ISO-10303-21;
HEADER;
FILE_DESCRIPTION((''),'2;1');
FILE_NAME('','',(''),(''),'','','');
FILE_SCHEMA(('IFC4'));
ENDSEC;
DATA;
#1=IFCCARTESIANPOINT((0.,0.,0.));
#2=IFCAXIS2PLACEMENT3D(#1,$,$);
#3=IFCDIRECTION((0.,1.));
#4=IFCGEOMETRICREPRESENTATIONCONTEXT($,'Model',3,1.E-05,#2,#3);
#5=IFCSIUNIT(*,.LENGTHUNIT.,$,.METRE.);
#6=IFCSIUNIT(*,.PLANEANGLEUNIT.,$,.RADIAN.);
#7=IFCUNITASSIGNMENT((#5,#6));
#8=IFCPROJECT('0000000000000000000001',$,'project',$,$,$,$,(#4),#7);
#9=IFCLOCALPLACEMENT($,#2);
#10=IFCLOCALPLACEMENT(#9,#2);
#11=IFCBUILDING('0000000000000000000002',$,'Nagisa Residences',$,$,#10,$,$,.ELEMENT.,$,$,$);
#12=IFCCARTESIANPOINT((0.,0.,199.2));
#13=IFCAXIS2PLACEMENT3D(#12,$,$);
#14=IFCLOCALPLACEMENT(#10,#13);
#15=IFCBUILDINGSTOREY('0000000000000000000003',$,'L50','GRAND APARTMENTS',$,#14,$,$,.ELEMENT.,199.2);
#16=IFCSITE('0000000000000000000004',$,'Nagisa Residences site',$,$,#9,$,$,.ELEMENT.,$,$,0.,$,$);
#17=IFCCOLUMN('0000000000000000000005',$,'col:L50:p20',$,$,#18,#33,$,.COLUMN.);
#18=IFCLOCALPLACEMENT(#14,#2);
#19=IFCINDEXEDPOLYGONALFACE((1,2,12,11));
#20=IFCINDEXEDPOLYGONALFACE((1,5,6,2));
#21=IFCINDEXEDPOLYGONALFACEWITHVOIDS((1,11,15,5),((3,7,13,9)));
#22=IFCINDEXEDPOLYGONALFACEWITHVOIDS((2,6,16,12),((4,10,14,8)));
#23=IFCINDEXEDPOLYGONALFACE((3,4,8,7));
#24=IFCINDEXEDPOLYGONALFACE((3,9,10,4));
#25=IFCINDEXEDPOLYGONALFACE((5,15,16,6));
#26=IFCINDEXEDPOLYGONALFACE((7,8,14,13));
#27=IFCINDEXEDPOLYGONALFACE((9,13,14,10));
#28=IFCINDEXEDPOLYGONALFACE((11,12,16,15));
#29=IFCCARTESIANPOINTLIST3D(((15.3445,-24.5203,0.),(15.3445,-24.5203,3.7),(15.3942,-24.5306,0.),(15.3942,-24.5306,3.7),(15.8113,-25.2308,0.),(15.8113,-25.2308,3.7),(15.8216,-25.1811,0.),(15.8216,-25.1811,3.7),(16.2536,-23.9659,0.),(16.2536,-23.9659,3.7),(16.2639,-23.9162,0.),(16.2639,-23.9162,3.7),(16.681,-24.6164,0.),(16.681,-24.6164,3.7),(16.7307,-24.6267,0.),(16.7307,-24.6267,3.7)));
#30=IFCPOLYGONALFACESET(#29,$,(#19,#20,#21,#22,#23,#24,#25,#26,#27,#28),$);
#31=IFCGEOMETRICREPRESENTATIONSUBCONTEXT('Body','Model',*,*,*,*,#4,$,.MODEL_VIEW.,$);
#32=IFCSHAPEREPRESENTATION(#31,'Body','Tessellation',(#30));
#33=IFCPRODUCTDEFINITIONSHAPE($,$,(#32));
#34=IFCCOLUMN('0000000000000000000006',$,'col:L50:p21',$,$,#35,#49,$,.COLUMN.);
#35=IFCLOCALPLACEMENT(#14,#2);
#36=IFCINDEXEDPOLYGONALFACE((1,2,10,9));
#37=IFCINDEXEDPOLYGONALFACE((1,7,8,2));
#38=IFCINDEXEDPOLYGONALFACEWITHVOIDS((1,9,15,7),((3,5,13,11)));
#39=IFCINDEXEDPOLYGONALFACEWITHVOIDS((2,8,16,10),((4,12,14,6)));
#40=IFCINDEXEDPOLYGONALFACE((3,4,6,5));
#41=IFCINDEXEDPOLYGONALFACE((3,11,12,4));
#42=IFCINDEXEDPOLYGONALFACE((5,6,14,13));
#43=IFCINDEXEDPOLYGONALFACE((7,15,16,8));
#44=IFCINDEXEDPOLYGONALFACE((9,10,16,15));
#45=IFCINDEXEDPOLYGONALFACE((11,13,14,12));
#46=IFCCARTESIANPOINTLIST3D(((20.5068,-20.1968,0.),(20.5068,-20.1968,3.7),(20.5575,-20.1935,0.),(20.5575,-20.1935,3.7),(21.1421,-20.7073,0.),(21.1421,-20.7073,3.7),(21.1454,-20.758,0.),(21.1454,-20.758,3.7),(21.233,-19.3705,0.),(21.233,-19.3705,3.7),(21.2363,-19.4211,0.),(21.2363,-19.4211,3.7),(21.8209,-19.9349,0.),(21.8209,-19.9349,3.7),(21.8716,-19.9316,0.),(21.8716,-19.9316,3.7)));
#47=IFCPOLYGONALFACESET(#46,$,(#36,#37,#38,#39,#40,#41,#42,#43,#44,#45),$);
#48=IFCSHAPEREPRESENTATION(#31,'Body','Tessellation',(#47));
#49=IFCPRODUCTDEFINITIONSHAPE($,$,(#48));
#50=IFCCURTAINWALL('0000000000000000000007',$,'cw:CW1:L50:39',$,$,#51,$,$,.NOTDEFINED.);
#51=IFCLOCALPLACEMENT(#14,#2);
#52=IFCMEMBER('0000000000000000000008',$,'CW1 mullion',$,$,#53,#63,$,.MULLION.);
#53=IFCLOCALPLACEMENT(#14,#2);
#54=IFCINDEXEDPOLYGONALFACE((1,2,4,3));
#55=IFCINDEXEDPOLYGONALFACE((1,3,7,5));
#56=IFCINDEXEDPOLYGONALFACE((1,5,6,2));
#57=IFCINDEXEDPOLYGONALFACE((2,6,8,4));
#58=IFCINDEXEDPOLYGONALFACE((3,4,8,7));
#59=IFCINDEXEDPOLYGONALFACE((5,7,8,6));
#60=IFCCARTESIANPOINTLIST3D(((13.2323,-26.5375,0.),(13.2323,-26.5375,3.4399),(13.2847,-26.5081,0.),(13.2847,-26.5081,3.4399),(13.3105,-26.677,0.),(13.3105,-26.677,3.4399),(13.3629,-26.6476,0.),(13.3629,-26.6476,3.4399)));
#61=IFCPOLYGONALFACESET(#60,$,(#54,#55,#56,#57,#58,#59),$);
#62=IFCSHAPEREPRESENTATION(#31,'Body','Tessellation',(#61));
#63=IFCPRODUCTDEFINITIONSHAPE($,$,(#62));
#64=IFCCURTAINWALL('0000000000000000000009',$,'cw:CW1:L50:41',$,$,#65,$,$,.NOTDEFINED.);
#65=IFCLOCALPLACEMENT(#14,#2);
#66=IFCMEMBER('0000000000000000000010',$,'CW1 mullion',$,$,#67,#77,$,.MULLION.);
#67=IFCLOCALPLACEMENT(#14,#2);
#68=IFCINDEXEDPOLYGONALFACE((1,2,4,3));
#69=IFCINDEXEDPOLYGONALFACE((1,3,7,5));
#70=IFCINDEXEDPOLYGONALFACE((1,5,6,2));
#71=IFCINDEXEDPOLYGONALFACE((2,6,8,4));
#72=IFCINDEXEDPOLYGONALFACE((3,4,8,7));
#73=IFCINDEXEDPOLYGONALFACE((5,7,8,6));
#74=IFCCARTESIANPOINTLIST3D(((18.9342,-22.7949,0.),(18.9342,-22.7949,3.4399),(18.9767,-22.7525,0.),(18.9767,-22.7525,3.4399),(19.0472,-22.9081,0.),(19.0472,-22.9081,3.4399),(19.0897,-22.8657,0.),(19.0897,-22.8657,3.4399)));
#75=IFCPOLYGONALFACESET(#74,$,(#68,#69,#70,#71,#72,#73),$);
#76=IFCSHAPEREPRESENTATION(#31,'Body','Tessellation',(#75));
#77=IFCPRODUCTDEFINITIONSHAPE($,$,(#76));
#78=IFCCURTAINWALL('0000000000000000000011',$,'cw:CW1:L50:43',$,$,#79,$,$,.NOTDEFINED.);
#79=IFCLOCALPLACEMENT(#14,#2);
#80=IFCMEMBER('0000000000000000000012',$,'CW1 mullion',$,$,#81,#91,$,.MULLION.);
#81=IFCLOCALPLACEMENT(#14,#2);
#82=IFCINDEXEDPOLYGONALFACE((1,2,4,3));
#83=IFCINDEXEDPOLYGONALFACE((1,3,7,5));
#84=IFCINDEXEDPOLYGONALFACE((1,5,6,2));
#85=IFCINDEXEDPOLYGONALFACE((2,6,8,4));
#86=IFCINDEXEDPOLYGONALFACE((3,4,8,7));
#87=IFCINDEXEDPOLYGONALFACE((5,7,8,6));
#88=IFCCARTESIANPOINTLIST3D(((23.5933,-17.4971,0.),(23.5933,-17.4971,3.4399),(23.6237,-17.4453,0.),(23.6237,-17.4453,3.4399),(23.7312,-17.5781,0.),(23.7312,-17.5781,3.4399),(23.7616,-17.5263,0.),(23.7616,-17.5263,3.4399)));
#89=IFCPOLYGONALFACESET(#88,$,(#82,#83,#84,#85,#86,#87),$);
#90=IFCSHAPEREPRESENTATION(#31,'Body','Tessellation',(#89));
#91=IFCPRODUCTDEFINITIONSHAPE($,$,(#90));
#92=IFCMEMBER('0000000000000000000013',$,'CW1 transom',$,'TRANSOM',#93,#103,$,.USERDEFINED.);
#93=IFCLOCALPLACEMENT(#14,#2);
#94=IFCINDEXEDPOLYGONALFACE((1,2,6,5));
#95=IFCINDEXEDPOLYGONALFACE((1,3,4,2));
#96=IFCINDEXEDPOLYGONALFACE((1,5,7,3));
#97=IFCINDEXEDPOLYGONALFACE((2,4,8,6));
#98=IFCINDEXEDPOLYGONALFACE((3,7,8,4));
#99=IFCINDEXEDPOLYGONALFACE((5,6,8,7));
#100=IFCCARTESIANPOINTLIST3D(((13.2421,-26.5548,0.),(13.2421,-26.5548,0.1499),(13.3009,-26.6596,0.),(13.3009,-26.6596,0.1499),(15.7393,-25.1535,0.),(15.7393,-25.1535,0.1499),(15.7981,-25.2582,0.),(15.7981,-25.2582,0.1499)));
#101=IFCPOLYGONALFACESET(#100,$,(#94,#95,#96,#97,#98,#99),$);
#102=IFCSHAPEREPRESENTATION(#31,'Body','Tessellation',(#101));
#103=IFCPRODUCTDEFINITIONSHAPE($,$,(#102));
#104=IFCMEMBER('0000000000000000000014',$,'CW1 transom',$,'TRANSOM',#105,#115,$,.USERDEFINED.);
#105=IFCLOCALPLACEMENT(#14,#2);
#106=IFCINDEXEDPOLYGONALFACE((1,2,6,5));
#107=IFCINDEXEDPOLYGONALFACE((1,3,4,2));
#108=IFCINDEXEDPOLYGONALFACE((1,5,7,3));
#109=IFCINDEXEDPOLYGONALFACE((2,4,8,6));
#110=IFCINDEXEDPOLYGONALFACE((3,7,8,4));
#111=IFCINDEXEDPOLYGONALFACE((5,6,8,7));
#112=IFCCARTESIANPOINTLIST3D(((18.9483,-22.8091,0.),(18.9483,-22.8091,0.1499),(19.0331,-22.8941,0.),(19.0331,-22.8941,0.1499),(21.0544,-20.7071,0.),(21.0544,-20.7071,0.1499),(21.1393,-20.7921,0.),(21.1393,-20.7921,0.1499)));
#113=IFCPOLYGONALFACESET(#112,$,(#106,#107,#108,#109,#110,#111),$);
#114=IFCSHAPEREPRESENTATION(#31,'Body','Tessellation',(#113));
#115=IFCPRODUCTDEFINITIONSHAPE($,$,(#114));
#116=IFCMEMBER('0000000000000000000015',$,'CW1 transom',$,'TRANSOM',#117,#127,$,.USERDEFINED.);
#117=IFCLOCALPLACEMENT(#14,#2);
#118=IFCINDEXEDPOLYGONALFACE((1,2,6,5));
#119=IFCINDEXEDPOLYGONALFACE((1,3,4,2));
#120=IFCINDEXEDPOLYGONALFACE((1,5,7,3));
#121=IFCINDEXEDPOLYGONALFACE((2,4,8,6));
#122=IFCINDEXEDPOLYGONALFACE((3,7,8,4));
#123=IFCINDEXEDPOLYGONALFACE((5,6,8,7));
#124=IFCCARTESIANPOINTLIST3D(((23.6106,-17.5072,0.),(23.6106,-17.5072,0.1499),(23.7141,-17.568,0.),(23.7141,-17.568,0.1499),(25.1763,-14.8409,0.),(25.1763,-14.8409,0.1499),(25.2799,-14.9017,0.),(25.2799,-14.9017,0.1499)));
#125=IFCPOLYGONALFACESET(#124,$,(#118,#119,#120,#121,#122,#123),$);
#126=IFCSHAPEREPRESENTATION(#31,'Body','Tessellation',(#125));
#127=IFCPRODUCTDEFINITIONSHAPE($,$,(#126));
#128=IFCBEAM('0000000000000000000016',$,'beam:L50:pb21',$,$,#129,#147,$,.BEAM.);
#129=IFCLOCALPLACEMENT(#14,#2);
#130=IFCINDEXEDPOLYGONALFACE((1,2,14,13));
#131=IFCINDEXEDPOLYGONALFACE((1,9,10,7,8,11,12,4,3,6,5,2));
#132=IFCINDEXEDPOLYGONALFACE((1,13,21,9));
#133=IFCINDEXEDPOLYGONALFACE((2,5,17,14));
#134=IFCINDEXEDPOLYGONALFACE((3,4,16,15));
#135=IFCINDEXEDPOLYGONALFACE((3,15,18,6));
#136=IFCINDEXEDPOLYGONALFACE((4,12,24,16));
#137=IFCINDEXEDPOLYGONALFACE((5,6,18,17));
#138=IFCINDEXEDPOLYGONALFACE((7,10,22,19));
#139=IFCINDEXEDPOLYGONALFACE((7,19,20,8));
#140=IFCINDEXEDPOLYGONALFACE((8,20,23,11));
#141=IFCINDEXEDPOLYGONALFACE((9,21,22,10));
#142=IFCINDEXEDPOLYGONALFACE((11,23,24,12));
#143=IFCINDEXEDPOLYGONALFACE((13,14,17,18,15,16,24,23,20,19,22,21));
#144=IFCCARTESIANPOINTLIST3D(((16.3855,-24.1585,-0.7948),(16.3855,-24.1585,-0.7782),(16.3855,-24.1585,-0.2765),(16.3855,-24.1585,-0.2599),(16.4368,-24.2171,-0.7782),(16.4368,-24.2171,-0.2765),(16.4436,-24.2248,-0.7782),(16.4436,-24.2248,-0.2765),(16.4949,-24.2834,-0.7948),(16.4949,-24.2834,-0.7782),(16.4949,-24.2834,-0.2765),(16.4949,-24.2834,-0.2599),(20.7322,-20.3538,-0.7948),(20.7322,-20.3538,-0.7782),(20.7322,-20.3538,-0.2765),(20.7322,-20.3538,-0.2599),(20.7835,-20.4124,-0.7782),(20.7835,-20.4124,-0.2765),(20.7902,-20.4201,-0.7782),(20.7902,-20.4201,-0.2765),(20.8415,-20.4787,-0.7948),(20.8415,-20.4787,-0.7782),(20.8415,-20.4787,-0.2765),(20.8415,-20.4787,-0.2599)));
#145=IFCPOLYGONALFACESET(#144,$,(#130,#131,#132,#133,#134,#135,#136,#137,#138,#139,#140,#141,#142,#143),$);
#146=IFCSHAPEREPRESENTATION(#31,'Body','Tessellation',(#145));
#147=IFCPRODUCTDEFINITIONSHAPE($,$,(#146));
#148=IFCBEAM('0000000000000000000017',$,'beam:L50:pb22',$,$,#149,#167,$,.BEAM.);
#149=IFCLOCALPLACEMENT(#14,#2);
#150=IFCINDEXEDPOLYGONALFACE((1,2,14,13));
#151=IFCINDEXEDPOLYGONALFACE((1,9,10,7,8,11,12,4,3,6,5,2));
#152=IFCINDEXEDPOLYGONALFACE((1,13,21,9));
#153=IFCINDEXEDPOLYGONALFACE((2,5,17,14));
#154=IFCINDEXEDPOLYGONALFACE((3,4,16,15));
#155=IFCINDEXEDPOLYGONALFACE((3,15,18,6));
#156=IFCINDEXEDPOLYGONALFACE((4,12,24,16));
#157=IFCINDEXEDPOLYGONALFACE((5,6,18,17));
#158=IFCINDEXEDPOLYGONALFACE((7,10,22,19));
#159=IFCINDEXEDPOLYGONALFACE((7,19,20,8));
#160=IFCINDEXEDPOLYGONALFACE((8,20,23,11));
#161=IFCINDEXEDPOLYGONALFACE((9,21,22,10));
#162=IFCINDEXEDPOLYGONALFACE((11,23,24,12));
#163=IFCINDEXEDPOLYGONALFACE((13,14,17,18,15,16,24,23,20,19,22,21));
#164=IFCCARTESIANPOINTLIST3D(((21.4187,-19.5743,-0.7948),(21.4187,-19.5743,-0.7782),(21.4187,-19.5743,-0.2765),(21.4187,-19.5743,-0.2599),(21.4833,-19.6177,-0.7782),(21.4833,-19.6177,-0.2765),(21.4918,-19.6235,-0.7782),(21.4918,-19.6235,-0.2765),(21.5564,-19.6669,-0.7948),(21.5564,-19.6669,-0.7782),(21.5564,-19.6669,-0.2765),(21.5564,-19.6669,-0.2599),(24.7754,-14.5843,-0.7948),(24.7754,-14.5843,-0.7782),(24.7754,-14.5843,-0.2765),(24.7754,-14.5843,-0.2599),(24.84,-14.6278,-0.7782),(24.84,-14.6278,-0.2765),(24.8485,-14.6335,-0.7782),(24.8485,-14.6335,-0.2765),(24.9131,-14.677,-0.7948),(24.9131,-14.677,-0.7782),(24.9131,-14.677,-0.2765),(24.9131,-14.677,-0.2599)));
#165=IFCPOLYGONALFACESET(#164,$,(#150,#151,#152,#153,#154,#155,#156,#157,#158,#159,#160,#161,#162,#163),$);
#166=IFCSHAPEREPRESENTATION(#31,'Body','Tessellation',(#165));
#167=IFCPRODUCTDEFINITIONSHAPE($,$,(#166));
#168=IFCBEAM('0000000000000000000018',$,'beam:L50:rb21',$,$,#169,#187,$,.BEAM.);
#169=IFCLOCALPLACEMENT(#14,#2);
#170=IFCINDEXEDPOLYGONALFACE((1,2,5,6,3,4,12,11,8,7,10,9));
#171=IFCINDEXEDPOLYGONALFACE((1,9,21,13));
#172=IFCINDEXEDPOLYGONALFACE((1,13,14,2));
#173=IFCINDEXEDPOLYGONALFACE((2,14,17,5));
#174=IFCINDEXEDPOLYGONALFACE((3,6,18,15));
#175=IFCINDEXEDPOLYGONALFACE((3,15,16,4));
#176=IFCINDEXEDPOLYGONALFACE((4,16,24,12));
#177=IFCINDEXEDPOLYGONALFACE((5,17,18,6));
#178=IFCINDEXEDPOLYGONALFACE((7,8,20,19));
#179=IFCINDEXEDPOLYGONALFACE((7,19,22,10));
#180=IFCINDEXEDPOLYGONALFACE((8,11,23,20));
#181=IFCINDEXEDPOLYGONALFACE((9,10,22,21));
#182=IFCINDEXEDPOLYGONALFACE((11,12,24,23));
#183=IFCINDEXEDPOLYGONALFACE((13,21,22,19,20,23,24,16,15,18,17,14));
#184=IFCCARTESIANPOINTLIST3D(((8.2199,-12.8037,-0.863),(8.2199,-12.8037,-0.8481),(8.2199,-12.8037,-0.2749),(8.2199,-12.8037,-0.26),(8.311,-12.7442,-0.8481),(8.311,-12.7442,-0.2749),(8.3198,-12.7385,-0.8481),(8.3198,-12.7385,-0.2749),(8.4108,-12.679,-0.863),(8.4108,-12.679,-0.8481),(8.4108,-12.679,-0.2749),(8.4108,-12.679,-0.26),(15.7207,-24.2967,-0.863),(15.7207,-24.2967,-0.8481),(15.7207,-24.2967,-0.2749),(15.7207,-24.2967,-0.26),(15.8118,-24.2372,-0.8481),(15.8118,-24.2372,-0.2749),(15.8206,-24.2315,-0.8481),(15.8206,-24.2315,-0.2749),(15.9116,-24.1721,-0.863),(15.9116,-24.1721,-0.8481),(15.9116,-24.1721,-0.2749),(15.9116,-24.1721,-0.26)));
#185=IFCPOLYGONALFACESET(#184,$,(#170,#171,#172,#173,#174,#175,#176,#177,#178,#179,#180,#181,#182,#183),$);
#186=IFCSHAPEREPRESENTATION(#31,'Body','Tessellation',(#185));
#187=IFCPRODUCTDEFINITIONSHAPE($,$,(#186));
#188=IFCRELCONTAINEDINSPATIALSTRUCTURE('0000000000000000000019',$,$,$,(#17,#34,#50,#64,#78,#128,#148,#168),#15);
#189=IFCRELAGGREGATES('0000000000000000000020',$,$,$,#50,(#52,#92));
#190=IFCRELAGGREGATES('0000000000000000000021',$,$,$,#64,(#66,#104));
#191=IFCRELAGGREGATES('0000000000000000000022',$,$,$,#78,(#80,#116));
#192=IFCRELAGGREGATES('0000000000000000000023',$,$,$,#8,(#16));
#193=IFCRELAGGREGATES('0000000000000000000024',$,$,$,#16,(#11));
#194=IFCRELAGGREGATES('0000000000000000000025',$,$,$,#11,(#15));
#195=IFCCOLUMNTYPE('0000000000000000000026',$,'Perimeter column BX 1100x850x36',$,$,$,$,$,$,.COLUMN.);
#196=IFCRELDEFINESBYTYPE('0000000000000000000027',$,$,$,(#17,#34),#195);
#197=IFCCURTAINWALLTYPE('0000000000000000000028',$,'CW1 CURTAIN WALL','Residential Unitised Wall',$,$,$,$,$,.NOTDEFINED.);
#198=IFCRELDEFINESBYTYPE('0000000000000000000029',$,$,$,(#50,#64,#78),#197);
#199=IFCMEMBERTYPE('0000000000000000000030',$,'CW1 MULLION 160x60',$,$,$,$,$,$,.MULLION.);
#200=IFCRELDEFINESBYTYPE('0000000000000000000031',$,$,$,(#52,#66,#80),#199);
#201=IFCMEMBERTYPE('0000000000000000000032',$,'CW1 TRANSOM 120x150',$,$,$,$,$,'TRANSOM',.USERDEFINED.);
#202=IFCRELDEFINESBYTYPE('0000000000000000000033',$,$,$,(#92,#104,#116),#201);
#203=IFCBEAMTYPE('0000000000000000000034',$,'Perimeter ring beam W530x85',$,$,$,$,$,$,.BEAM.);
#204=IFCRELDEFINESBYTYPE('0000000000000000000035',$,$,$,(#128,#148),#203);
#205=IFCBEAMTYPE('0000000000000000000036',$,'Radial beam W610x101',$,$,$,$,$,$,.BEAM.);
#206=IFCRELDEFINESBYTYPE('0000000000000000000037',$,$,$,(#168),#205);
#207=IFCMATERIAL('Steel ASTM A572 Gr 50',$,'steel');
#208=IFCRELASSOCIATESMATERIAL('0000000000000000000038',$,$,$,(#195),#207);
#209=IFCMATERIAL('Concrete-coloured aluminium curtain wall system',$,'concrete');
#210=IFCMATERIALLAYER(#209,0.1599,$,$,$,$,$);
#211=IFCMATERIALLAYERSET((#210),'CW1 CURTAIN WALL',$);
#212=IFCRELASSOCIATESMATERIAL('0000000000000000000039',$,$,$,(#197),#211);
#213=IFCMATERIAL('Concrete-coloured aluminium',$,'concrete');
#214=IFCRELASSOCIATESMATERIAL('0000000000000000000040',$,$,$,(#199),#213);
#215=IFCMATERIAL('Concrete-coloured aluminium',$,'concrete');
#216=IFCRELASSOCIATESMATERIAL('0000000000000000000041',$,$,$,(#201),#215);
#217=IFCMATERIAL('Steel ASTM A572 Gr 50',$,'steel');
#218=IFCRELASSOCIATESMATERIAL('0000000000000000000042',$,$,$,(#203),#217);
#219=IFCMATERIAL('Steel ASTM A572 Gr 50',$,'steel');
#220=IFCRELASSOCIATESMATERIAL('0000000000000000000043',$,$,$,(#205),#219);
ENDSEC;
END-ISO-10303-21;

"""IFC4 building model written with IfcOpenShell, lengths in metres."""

from ifc_helpers import new_model, si_unit, direction, frame, origin, origin_2d, place, context, subcontext, project, spatial, rectangle, hollow_rectangle, i_section, extrude, material, layer, layer_set, material_profile, profile_set, type_object, element, aggregate, save


model = new_model("IFC4")

# Units and contexts
model_context = context("Model", 3, precision=1e-05, world=origin(), true_north=direction((0.0, 1.0)))
body_context = subcontext(model_context, "Body", "Model", "MODEL_VIEW")
ifc_project = project(units=[si_unit("LENGTHUNIT", "METRE"), si_unit("PLANEANGLEUNIT", "RADIAN")], contexts=[model_context])

# Site, building, storey
site_placement = place(None, origin())
site = spatial("IfcSite", under=ifc_project, at=site_placement, Name="Nagisa Residences site", CompositionType="ELEMENT", RefElevation=0.0)
building_placement = place(site_placement, origin())
building = spatial("IfcBuilding", under=site, at=building_placement, Name="Nagisa Residences", CompositionType="ELEMENT")
storey_placement = place(building_placement, frame((0.0, 0.0, 199.2)))
storey = spatial("IfcBuildingStorey", under=building, at=storey_placement, Name="L50", Description="GRAND APARTMENTS", CompositionType="ELEMENT", Elevation=199.2)

# Columns
ifc_material_1 = material(Name="Steel ASTM A572 Gr 50", Category="steel")
ifc_material_profile_1 = material_profile(ifc_material_1, hollow_rectangle(XDim=1.1001, YDim=0.8501, WallThickness=0.0359, at=origin_2d()), Name="BX 1100x850x36")
ifc_profile_set_1 = profile_set([ifc_material_profile_1], Name="Steel ASTM A572 Gr 50")
column_type = type_object("IfcColumnType", Name="Perimeter column BX 1100x850x36", PredefinedType="COLUMN", material=ifc_profile_set_1)
for number, where, z_axis, x_axis, name in (
    (1, (16.0376, -24.5735, 0.0), (0.0, 0.0, 1.0), (0.835766, 0.549086, 0.0), "col:L50:p20"),
    (2, (21.1892, -20.0642, 0.0), (0.0, 0.0, 1.0), (0.660115, 0.751165, 0.0), "col:L50:p21"),
):
    element("IfcColumn", number, at=place(storey_placement, frame(where, z_axis=z_axis, x_axis=x_axis)), inside=storey, type_object=column_type, Name=name, PredefinedType="COLUMN", context=body_context, shape_type="SweptSolid", body=[
        extrude(hollow_rectangle(XDim=1.1001, YDim=0.8501, WallThickness=0.0359, at=origin_2d()), origin(), (0.0, 0.0, 1.0), 3.7),
    ])

# Curtain walls, members
ifc_material_2 = material(Name="Concrete-coloured aluminium curtain wall system", Category="concrete")
ifc_layer_1 = layer(ifc_material_2, 0.1599)
ifc_layer_set_1 = layer_set([ifc_layer_1], Name="CW1 CURTAIN WALL")
curtain_wall_type = type_object("IfcCurtainWallType", Name="CW1 CURTAIN WALL", Description="Residential Unitised Wall", PredefinedType="NOTDEFINED", material=ifc_layer_set_1)
curtain_wall_1_placement = place(storey_placement, origin())
curtain_wall_1 = element("IfcCurtainWall", 3, at=curtain_wall_1_placement, inside=storey, type_object=curtain_wall_type, Name="cw:CW1:L50:39", PredefinedType="NOTDEFINED")
ifc_material_3 = material(Name="Concrete-coloured aluminium", Category="concrete")
ifc_material_profile_2 = material_profile(ifc_material_3, rectangle(XDim=0.1599, YDim=0.0601, at=origin_2d()), Name="CW1 MULLION 160x60")
ifc_profile_set_2 = profile_set([ifc_material_profile_2], Name="Concrete-coloured aluminium")
member_type_1 = type_object("IfcMemberType", Name="CW1 MULLION 160x60", PredefinedType="MULLION", material=ifc_profile_set_2)
member_1_placement = place(storey_placement, frame((13.2976, -26.5925, 0.0), z_axis=(0.0, 0.0, 1.0), x_axis=(-0.489377, 0.872072, 0.0)))
member_1 = element("IfcMember", 4, at=member_1_placement, type_object=member_type_1, Name="CW1 mullion", PredefinedType="MULLION", context=body_context, shape_type="SweptSolid", body=[
    extrude(rectangle(XDim=0.1599, YDim=0.0601, at=origin_2d()), origin(), (0.0, 0.0, 1.0), 3.4399),
])
curtain_wall_2_placement = place(storey_placement, origin())
curtain_wall_2 = element("IfcCurtainWall", 5, at=curtain_wall_2_placement, inside=storey, type_object=curtain_wall_type, Name="cw:CW1:L50:41", PredefinedType="NOTDEFINED")
member_2_placement = place(storey_placement, frame((19.012, -22.8303, 0.0), z_axis=(0.0, 0.0, 1.0), x_axis=(-0.706377, 0.707836, 0.0)))
member_2 = element("IfcMember", 6, at=member_2_placement, type_object=member_type_1, Name="CW1 mullion", PredefinedType="MULLION", context=body_context, shape_type="SweptSolid", body=[
    extrude(rectangle(XDim=0.1599, YDim=0.0601, at=origin_2d()), origin(), (0.0, 0.0, 1.0), 3.4399),
])
curtain_wall_3_placement = place(storey_placement, origin())
curtain_wall_3 = element("IfcCurtainWall", 7, at=curtain_wall_3_placement, inside=storey, type_object=curtain_wall_type, Name="cw:CW1:L50:43", PredefinedType="NOTDEFINED")
member_3_placement = place(storey_placement, frame((23.6775, -17.5117, 0.0), z_axis=(0.0, 0.0, 1.0), x_axis=(-0.862329, 0.506349, 0.0)))
member_3 = element("IfcMember", 8, at=member_3_placement, type_object=member_type_1, Name="CW1 mullion", PredefinedType="MULLION", context=body_context, shape_type="SweptSolid", body=[
    extrude(rectangle(XDim=0.1599, YDim=0.0601, at=origin_2d()), origin(), (0.0, 0.0, 1.0), 3.4399),
])

# Members
ifc_material_4 = material(Name="Concrete-coloured aluminium", Category="concrete")
ifc_material_profile_3 = material_profile(ifc_material_4, rectangle(XDim=0.1201, YDim=0.1499, at=origin_2d()), Name="CW1 TRANSOM 120x150")
ifc_profile_set_3 = profile_set([ifc_material_profile_3], Name="Concrete-coloured aluminium")
member_type_2 = type_object("IfcMemberType", Name="CW1 TRANSOM 120x150", ElementType="TRANSOM", PredefinedType="USERDEFINED", material=ifc_profile_set_3)
member_4_placement = place(storey_placement, frame((13.2715, -26.6072, 0.075), z_axis=(0.872078, 0.489366, 0.0), x_axis=(-0.489366, 0.872078, 0.0)))
member_4 = element("IfcMember", 9, at=member_4_placement, type_object=member_type_2, Name="CW1 transom", ObjectType="TRANSOM", PredefinedType="USERDEFINED", context=body_context, shape_type="SweptSolid", body=[
    extrude(rectangle(XDim=0.1201, YDim=0.1499, at=origin_2d()), origin(), (0.0, 0.0, 1.0), 2.8635),
])
member_5_placement = place(storey_placement, frame((18.9907, -22.8516, 0.075), z_axis=(0.707804, 0.706409, 0.0), x_axis=(-0.706409, 0.707804, 0.0)))
member_5 = element("IfcMember", 10, at=member_5_placement, type_object=member_type_2, Name="CW1 transom", ObjectType="TRANSOM", PredefinedType="USERDEFINED", context=body_context, shape_type="SweptSolid", body=[
    extrude(rectangle(XDim=0.1201, YDim=0.1499, at=origin_2d()), origin(), (0.0, 0.0, 1.0), 2.9756),
])
member_6_placement = place(storey_placement, frame((23.6624, -17.5376, 0.075), z_axis=(0.506368, 0.862318, 0.0), x_axis=(-0.862318, 0.506368, 0.0)))
member_6 = element("IfcMember", 11, at=member_6_placement, type_object=member_type_2, Name="CW1 transom", ObjectType="TRANSOM", PredefinedType="USERDEFINED", context=body_context, shape_type="SweptSolid", body=[
    extrude(rectangle(XDim=0.1201, YDim=0.1499, at=origin_2d()), origin(), (0.0, 0.0, 1.0), 3.092),
])

# Beams
ifc_material_5 = material(Name="Steel ASTM A572 Gr 50", Category="steel")
ifc_material_profile_4 = material_profile(ifc_material_5, i_section(OverallWidth=0.166, OverallDepth=0.5349, WebThickness=0.0103, FlangeThickness=0.0166, at=origin_2d()), Name="W530x85")
ifc_profile_set_4 = profile_set([ifc_material_profile_4], Name="Steel ASTM A572 Gr 50")
beam_type_1 = type_object("IfcBeamType", Name="Perimeter ring beam W530x85", PredefinedType="BEAM", material=ifc_profile_set_4)
beam_1_placement = place(storey_placement, frame((16.4402, -24.2209, -0.5273), z_axis=(0.752461, 0.658636, 0.0), x_axis=(-0.658636, 0.752461, 0.0)))
element("IfcBeam", 12, at=beam_1_placement, inside=storey, type_object=beam_type_1, Name="beam:L50:pb21", PredefinedType="BEAM", context=body_context, shape_type="SweptSolid", body=[
    extrude(i_section(OverallWidth=0.166, OverallDepth=0.5349, WebThickness=0.0103, FlangeThickness=0.0166, at=origin_2d()), origin(), (0.0, 0.0, 1.0), 5.7766),
])
beam_2_placement = place(storey_placement, frame((21.4875, -19.6206, -0.5273), z_axis=(0.558152, 0.829739, 0.0), x_axis=(-0.829739, 0.558152, 0.0)))
element("IfcBeam", 13, at=beam_2_placement, inside=storey, type_object=beam_type_1, Name="beam:L50:pb22", PredefinedType="BEAM", context=body_context, shape_type="SweptSolid", body=[
    extrude(i_section(OverallWidth=0.166, OverallDepth=0.5349, WebThickness=0.0103, FlangeThickness=0.0166, at=origin_2d()), origin(), (0.0, 0.0, 1.0), 6.0139),
])
ifc_material_6 = material(Name="Steel ASTM A572 Gr 50", Category="steel")
ifc_material_profile_5 = material_profile(ifc_material_6, i_section(OverallWidth=0.228, OverallDepth=0.603, WebThickness=0.0105, FlangeThickness=0.0149, at=origin_2d()), Name="W610x101")
ifc_profile_set_5 = profile_set([ifc_material_profile_5], Name="Steel ASTM A572 Gr 50")
beam_type_2 = type_object("IfcBeamType", Name="Radial beam W610x101", PredefinedType="BEAM", material=ifc_profile_set_5)
beam_3_placement = place(storey_placement, frame((15.8162, -24.2344, -0.5615), z_axis=(-0.546541, 0.837432, 0.0), x_axis=(-0.837432, -0.546541, 0.0)))
element("IfcBeam", 14, at=beam_3_placement, inside=storey, type_object=beam_type_2, Name="beam:L50:rb21", PredefinedType="BEAM", context=body_context, shape_type="SweptSolid", body=[
    extrude(i_section(OverallWidth=0.228, OverallDepth=0.603, WebThickness=0.0105, FlangeThickness=0.0149, at=origin_2d()), origin(), (0.0, 0.0, 1.0), 13.7241),
])

aggregate(curtain_wall_1, [member_1, member_4])
aggregate(curtain_wall_2, [member_2, member_5])
aggregate(curtain_wall_3, [member_3, member_6])

save(model, "model.ifc")
